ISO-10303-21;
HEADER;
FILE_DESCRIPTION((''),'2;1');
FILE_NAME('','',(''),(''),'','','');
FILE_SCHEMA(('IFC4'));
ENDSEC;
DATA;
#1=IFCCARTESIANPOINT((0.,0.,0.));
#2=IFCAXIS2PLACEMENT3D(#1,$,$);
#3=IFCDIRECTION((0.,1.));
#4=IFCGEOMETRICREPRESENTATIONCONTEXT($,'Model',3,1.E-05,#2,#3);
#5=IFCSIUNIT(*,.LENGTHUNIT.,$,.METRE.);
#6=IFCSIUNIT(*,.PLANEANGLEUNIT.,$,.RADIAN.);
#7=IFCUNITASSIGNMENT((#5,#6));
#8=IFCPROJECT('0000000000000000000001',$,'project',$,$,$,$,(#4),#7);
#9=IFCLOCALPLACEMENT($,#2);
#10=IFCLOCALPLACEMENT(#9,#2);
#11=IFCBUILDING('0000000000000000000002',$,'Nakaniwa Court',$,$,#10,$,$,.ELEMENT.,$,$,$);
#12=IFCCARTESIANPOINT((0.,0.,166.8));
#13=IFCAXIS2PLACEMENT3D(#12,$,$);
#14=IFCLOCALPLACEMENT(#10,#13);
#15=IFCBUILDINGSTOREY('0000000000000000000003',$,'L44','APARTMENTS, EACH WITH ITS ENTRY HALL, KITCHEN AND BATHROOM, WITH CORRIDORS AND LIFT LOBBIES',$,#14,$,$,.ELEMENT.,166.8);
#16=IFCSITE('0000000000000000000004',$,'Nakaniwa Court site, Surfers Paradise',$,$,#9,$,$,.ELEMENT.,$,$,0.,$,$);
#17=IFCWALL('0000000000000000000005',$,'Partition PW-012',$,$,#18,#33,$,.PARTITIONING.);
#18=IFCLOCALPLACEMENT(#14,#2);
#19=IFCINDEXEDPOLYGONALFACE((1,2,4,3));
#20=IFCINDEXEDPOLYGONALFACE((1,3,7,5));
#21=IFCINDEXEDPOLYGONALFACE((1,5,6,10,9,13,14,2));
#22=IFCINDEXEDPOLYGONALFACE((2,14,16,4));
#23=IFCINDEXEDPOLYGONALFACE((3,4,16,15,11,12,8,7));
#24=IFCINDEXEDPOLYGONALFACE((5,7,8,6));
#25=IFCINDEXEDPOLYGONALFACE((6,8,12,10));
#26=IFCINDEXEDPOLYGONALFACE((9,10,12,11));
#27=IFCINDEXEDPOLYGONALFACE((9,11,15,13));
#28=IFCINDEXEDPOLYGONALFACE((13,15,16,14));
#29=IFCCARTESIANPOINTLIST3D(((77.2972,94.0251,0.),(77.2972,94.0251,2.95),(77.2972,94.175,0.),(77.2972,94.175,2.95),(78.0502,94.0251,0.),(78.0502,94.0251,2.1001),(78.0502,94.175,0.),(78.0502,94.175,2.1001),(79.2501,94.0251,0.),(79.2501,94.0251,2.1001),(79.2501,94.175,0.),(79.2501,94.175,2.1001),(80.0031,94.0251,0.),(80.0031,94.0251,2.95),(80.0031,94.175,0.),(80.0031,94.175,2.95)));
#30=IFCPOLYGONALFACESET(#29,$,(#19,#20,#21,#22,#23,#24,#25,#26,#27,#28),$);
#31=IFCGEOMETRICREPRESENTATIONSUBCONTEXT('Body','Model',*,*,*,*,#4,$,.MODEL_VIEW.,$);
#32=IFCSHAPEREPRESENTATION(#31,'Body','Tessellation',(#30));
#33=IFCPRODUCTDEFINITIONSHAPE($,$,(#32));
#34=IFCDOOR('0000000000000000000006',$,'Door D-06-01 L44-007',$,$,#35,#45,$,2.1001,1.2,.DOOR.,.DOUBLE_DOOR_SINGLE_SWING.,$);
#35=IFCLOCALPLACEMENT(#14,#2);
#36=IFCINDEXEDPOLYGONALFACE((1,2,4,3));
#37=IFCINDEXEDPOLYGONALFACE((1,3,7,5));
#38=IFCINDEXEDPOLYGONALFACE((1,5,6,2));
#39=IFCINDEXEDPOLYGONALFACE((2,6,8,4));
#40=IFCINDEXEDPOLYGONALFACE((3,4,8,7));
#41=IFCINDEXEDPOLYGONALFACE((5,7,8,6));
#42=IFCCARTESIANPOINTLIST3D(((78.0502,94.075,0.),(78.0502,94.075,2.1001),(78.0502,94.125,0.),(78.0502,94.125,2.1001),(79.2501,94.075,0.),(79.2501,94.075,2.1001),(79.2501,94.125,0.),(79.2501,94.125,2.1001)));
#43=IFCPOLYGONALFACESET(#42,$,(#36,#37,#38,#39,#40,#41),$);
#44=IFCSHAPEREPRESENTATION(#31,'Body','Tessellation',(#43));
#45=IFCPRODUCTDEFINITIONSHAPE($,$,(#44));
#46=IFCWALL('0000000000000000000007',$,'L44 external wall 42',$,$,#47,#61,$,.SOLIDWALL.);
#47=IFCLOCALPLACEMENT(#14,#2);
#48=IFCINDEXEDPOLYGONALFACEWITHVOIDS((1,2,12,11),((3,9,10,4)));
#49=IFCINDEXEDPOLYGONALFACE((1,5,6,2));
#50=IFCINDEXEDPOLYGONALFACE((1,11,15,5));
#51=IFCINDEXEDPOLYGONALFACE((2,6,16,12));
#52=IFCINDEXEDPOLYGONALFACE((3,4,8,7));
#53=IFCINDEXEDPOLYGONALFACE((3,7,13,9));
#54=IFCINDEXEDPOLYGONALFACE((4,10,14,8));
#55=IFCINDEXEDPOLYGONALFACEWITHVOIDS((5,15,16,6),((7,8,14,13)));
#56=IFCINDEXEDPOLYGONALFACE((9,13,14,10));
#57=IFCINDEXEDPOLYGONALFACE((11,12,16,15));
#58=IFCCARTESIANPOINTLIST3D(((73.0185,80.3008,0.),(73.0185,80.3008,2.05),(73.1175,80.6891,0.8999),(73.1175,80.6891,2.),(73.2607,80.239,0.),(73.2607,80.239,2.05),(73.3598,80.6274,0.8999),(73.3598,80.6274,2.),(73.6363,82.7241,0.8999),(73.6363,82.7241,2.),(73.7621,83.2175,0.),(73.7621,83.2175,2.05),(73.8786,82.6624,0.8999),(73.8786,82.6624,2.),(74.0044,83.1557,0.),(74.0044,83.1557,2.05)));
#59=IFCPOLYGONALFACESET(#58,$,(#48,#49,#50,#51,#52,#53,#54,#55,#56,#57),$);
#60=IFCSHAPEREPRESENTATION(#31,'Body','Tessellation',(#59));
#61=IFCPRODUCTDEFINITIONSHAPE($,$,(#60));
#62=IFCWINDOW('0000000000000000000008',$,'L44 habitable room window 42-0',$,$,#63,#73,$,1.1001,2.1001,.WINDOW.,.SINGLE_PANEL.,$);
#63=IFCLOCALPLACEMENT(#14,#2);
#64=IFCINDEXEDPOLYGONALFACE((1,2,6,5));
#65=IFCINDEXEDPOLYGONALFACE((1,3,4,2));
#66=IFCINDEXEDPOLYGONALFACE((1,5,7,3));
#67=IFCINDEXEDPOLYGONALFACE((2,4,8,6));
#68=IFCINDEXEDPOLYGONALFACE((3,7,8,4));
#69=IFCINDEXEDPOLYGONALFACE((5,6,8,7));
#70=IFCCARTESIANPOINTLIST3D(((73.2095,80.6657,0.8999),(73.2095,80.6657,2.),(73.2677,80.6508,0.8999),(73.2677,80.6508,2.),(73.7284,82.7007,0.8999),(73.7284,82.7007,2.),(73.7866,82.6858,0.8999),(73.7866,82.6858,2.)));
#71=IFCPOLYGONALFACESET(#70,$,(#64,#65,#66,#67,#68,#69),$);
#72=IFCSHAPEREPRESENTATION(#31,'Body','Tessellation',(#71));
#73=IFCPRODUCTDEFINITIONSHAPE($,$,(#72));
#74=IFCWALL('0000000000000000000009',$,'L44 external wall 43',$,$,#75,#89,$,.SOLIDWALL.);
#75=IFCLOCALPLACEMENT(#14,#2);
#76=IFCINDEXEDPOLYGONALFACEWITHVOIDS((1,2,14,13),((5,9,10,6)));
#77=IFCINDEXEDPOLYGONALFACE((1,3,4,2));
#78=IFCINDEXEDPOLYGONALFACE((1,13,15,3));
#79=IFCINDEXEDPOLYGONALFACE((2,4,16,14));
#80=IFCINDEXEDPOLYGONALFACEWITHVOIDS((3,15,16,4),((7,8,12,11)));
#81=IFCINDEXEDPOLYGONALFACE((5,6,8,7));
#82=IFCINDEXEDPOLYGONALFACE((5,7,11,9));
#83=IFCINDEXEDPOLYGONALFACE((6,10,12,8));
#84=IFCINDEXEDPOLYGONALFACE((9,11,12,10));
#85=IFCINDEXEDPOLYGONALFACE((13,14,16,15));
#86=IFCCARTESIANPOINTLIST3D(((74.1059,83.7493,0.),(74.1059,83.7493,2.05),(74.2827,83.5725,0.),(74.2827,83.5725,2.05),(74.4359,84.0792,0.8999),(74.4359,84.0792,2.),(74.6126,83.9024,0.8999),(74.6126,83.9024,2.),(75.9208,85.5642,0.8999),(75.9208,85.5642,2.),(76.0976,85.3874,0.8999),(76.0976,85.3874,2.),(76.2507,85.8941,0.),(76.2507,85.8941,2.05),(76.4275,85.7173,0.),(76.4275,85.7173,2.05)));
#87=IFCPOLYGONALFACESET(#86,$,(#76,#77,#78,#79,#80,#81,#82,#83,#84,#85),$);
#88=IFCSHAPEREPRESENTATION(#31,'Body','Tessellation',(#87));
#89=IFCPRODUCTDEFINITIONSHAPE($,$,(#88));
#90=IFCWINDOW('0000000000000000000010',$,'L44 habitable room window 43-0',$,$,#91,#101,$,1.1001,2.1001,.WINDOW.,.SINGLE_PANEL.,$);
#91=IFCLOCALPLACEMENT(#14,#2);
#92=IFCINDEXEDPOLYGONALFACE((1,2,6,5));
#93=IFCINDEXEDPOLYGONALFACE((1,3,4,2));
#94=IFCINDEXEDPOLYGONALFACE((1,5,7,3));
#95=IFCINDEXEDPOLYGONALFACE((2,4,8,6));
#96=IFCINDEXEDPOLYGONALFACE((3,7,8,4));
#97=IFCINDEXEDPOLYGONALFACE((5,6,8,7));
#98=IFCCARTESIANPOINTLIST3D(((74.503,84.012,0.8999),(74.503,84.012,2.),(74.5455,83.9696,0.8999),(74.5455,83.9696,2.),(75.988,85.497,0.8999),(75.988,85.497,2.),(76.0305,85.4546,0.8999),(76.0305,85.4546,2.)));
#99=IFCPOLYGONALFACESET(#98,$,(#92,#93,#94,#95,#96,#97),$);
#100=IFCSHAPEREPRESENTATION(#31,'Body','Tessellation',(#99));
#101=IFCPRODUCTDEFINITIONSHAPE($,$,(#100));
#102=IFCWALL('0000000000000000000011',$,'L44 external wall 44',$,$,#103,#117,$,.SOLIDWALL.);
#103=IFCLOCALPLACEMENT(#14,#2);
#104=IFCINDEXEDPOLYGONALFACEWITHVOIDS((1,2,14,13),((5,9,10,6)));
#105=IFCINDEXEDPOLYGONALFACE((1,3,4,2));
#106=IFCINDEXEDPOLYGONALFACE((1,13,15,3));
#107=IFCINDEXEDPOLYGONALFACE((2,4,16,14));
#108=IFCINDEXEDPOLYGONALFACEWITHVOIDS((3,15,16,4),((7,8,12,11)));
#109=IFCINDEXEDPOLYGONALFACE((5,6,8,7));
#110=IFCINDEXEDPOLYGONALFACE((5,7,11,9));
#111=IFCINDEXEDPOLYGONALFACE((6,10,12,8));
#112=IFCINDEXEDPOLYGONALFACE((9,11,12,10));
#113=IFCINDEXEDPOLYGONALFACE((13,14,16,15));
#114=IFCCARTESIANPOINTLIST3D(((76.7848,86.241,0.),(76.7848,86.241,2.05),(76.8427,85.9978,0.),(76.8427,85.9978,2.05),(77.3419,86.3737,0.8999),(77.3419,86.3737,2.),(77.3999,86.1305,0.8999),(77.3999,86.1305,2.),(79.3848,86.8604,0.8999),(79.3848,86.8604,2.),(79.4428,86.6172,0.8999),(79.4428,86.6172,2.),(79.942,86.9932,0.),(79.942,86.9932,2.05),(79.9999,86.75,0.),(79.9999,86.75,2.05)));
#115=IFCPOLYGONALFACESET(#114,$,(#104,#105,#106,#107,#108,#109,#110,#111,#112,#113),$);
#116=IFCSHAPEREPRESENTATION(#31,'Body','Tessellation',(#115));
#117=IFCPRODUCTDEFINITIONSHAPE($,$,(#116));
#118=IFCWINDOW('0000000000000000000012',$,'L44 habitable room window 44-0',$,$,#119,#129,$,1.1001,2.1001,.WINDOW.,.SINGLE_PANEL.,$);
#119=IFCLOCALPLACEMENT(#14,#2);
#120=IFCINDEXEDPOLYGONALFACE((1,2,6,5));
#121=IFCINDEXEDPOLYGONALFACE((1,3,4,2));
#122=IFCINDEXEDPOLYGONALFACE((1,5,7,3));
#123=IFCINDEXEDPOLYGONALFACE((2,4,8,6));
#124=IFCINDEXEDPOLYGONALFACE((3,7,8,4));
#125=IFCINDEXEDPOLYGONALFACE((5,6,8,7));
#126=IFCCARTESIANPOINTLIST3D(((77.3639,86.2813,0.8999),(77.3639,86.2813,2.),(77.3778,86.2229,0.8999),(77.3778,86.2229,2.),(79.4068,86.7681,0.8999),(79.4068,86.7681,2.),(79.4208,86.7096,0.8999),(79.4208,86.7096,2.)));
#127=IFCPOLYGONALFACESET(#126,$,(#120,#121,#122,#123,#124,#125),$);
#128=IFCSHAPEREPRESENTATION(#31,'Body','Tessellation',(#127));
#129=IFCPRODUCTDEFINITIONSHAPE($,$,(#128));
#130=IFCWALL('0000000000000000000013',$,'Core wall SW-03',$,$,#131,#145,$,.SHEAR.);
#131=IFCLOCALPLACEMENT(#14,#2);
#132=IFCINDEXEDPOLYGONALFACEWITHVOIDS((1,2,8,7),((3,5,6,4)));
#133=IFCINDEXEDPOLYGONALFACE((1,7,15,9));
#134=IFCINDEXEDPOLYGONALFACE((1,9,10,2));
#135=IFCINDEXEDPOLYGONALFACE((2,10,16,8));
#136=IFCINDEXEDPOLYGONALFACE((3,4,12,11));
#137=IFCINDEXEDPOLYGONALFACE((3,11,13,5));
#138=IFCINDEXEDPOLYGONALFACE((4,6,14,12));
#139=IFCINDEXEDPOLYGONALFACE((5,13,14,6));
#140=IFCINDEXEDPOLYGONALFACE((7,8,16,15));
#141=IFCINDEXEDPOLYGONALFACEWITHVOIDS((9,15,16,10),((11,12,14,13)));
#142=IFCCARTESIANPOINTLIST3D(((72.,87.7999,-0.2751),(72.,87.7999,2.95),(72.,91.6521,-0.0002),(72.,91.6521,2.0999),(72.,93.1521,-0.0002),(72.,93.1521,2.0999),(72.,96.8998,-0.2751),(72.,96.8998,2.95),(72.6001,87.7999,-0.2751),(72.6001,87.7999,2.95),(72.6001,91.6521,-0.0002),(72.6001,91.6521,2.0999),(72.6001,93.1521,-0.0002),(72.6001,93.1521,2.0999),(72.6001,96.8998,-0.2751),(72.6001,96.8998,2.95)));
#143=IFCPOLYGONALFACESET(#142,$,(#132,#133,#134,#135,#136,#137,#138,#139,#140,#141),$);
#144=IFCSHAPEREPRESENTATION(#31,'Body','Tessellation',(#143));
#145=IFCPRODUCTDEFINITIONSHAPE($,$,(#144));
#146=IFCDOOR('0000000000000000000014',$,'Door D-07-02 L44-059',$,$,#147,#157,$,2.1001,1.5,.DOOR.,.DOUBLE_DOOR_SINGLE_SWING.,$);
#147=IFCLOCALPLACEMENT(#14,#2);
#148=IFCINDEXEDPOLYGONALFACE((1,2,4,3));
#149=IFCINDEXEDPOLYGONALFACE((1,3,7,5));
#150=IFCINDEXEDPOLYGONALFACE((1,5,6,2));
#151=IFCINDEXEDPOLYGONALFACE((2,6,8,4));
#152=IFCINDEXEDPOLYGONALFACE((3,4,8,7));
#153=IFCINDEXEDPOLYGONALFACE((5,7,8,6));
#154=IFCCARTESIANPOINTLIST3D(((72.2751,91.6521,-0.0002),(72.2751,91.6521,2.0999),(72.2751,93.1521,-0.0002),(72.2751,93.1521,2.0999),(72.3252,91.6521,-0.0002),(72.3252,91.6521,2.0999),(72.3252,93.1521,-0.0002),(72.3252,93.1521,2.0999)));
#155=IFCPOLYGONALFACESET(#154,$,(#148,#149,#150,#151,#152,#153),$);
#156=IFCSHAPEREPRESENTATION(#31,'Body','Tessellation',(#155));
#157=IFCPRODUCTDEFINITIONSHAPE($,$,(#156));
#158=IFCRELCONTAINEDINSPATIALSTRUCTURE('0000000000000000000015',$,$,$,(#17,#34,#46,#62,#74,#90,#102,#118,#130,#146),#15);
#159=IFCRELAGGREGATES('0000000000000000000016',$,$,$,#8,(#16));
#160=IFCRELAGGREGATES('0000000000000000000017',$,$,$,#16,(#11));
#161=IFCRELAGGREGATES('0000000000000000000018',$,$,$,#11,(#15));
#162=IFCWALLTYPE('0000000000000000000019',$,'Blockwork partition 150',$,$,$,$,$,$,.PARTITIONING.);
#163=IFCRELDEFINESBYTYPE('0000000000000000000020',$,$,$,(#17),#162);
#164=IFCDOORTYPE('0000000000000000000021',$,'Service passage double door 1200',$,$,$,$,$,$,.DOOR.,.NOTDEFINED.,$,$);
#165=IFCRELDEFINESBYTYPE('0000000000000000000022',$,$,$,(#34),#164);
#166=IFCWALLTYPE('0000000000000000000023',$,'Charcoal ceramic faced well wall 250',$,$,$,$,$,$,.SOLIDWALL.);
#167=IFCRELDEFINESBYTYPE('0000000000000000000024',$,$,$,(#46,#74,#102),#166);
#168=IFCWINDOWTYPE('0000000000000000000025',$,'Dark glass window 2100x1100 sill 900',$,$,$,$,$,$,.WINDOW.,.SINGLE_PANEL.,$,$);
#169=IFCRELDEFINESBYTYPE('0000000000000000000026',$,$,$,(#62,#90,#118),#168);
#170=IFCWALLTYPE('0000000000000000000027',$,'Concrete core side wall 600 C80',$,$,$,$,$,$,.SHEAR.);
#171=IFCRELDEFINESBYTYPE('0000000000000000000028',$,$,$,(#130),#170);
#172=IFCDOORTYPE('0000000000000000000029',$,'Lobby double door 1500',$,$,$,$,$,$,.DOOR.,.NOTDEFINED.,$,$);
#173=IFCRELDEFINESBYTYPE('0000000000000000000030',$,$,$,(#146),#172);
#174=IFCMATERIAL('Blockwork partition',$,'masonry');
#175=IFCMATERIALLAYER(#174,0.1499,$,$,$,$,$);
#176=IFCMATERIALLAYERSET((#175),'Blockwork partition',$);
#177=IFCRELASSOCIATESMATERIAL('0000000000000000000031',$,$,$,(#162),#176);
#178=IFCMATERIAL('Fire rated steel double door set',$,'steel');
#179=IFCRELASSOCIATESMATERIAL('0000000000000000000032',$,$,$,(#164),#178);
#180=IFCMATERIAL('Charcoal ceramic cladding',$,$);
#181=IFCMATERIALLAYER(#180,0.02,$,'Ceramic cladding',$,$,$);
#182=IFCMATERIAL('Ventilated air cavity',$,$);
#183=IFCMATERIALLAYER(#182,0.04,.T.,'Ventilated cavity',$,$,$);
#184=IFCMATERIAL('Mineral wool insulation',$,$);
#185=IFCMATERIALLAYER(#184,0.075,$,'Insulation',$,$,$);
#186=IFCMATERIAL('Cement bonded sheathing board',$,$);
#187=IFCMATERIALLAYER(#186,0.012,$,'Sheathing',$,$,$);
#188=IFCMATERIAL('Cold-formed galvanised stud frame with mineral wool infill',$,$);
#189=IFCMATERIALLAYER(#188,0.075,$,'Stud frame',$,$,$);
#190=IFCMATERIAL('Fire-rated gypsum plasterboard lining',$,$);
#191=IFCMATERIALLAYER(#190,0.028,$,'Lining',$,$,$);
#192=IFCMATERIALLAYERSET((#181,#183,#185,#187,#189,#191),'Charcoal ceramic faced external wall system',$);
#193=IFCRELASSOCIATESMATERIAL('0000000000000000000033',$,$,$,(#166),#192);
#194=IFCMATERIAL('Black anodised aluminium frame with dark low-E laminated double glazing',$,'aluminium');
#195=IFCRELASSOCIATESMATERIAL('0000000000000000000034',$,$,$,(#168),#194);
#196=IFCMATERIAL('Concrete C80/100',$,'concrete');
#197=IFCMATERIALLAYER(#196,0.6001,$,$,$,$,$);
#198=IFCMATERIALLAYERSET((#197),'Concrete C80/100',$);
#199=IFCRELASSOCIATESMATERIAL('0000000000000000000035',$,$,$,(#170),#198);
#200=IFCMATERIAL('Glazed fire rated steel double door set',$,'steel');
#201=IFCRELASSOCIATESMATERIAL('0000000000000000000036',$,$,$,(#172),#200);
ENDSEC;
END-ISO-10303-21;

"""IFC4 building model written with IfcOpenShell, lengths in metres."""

from ifc_helpers import new_model, si_unit, direction, frame, frame_2d, origin, place, context, subcontext, project, spatial, rectangle, extrude, material, layer, layer_set, type_object, element, fill, save


model = new_model("IFC4")

# Units and contexts
model_context = context("Model", 3, precision=1e-05, world=origin(), true_north=direction((0.0, 1.0)))
body_context = subcontext(model_context, "Body", "Model", "MODEL_VIEW")
ifc_project = project(units=[si_unit("LENGTHUNIT", "METRE"), si_unit("PLANEANGLEUNIT", "RADIAN")], contexts=[model_context])

# Site, building, storey
site_placement = place(None, origin())
site = spatial("IfcSite", under=ifc_project, at=site_placement, Name="Nakaniwa Court site, Surfers Paradise", CompositionType="ELEMENT", RefElevation=0.0)
building_placement = place(site_placement, origin())
building = spatial("IfcBuilding", under=site, at=building_placement, Name="Nakaniwa Court", CompositionType="ELEMENT")
storey_placement = place(building_placement, frame((0.0, 0.0, 166.8)))
storey = spatial("IfcBuildingStorey", under=building, at=storey_placement, Name="L44", Description="APARTMENTS, EACH WITH ITS ENTRY HALL, KITCHEN AND BATHROOM, WITH CORRIDORS AND LIFT LOBBIES", CompositionType="ELEMENT", Elevation=166.8)

# Shared definitions
ifc_material_1 = material(Name="Concrete C80/100", Category="concrete")

# Shared definitions
ifc_material_2 = material(Name="Blockwork partition", Category="masonry")
ifc_layer_1 = layer(ifc_material_2, 0.1499)
ifc_layer_set_1 = layer_set([ifc_layer_1], Name="Blockwork partition")
wall_type_1 = type_object("IfcWallType", Name="Blockwork partition 150", PredefinedType="PARTITIONING", material=ifc_layer_set_1)

# Wall, opening, door
wall_1_placement = place(storey_placement, frame((77.2971, 94.1001, 0.0), z_axis=(0.0, 0.0, 1.0), x_axis=(1.0, 0.0, 0.0)))
wall_1 = element("IfcWall", 1, at=wall_1_placement, inside=storey, type_object=wall_type_1, Name="Partition PW-012", PredefinedType="PARTITIONING", context=body_context, shape_type="SweptSolid", body=[
    extrude(rectangle(XDim=2.7058, YDim=0.1499, at=frame_2d((1.353, 0.0))), origin(), (0.0, 0.0, 1.0), 2.95),
])
opening_1_placement = place(wall_1_placement, frame((0.7529, 0.0, 0.0)))
opening_1 = element("IfcOpeningElement", 2, at=opening_1_placement, cuts=wall_1, PredefinedType="OPENING", context=body_context, shape_type="SweptSolid", body=[
    extrude(rectangle(XDim=1.2, YDim=2.1001, at=frame_2d((0.6001, 1.05))), frame((0.0, 0.085, 0.0), z_axis=(0.0, -1.0, 0.0), x_axis=(1.0, 0.0, 0.0)), (0.0, 0.0, 1.0), 0.1699),
])
ifc_material_3 = material(Name="Fire rated steel double door set", Category="steel")
door_type_1 = type_object("IfcDoorType", Name="Service passage double door 1200", OperationType="NOTDEFINED", PredefinedType="DOOR", material=ifc_material_3)
door_1_placement = place(opening_1_placement, origin())
door_1 = element("IfcDoor", 3, at=door_1_placement, inside=storey, type_object=door_type_1, Name="Door D-06-01 L44-007", OperationType="DOUBLE_DOOR_SINGLE_SWING", OverallHeight=2.1001, OverallWidth=1.2, PredefinedType="DOOR", context=body_context, shape_type="SweptSolid", body=[
    extrude(rectangle(XDim=1.2, YDim=2.1001, at=frame_2d((0.6001, 1.05))), frame((0.0, 0.0249, 0.0), z_axis=(0.0, -1.0, 0.0), x_axis=(1.0, 0.0, 0.0)), (0.0, 0.0, 1.0), 0.05),
])
fill(opening_1, door_1)

# Walls, openings, windows
ifc_material_4 = material(Name="Charcoal ceramic cladding")
ifc_layer_2 = layer(ifc_material_4, 0.02, Name="Ceramic cladding")
ifc_material_5 = material(Name="Ventilated air cavity")
ifc_layer_3 = layer(ifc_material_5, 0.04, ventilated=True, Name="Ventilated cavity")
ifc_material_6 = material(Name="Mineral wool insulation")
ifc_layer_4 = layer(ifc_material_6, 0.075, Name="Insulation")
ifc_material_7 = material(Name="Cement bonded sheathing board")
ifc_layer_5 = layer(ifc_material_7, 0.012, Name="Sheathing")
ifc_material_8 = material(Name="Cold-formed galvanised stud frame with mineral wool infill")
ifc_layer_6 = layer(ifc_material_8, 0.075, Name="Stud frame")
ifc_material_9 = material(Name="Fire-rated gypsum plasterboard lining")
ifc_layer_7 = layer(ifc_material_9, 0.028, Name="Lining")
ifc_layer_set_2 = layer_set([ifc_layer_2, ifc_layer_3, ifc_layer_4, ifc_layer_5, ifc_layer_6, ifc_layer_7], Name="Charcoal ceramic faced external wall system")
wall_type_2 = type_object("IfcWallType", Name="Charcoal ceramic faced well wall 250", PredefinedType="SOLIDWALL", material=ifc_layer_set_2)
wall_2_placement = place(storey_placement, frame((73.1396, 80.27, 0.0), z_axis=(0.0, 0.0, 1.0), x_axis=(0.247056, 0.969001, 0.0)))
wall_2 = element("IfcWall", 4, at=wall_2_placement, inside=storey, type_object=wall_type_2, Name="L44 external wall 42", PredefinedType="SOLIDWALL", context=body_context, shape_type="SweptSolid", body=[
    extrude(rectangle(XDim=3.01, YDim=0.25, at=frame_2d((1.5049, 0.0))), origin(), (0.0, 0.0, 1.0), 2.05),
])
opening_2_placement = place(wall_2_placement, frame((0.4006, 0.0, 0.8999)))
opening_2 = element("IfcOpeningElement", 5, at=opening_2_placement, cuts=wall_2, PredefinedType="OPENING", context=body_context, shape_type="SweptSolid", body=[
    extrude(rectangle(XDim=2.1001, YDim=1.1001, at=frame_2d((1.05, 0.55))), frame((0.0, 0.135, 0.0), z_axis=(0.0, -1.0, 0.0), x_axis=(1.0, 0.0, 0.0)), (0.0, 0.0, 1.0), 0.27),
])
ifc_material_10 = material(Name="Black anodised aluminium frame with dark low-E laminated double glazing", Category="aluminium")
window_type = type_object("IfcWindowType", Name="Dark glass window 2100x1100 sill 900", PartitioningType="SINGLE_PANEL", PredefinedType="WINDOW", material=ifc_material_10)
window_1_placement = place(opening_2_placement, origin())
window_1 = element("IfcWindow", 6, at=window_1_placement, inside=storey, type_object=window_type, Name="L44 habitable room window 42-0", OverallHeight=1.1001, OverallWidth=2.1001, PartitioningType="SINGLE_PANEL", PredefinedType="WINDOW", context=body_context, shape_type="SweptSolid", body=[
    extrude(rectangle(XDim=2.1001, YDim=1.1001, at=frame_2d((1.05, 0.55))), frame((0.0, 0.03, 0.0), z_axis=(0.0, -1.0, 0.0), x_axis=(1.0, 0.0, 0.0)), (0.0, 0.0, 1.0), 0.0601),
])
fill(opening_2, window_1)
wall_3_placement = place(storey_placement, frame((74.1943, 83.6609, 0.0), z_axis=(0.0, 0.0, 1.0), x_axis=(0.707107, 0.707107, 0.0)))
wall_3 = element("IfcWall", 7, at=wall_3_placement, inside=storey, type_object=wall_type_2, Name="L44 external wall 43", PredefinedType="SOLIDWALL", context=body_context, shape_type="SweptSolid", body=[
    extrude(rectangle(XDim=3.0332, YDim=0.25, at=frame_2d((1.5166, 0.0))), origin(), (0.0, 0.0, 1.0), 2.05),
])
opening_3_placement = place(wall_3_placement, frame((0.4666, 0.0, 0.8999)))
opening_3 = element("IfcOpeningElement", 8, at=opening_3_placement, cuts=wall_3, PredefinedType="OPENING", context=body_context, shape_type="SweptSolid", body=[
    extrude(rectangle(XDim=2.1001, YDim=1.1001, at=frame_2d((1.05, 0.55))), frame((0.0, 0.135, 0.0), z_axis=(0.0, -1.0, 0.0), x_axis=(1.0, 0.0, 0.0)), (0.0, 0.0, 1.0), 0.27),
])
window_2_placement = place(opening_3_placement, origin())
window_2 = element("IfcWindow", 9, at=window_2_placement, inside=storey, type_object=window_type, Name="L44 habitable room window 43-0", OverallHeight=1.1001, OverallWidth=2.1001, PartitioningType="SINGLE_PANEL", PredefinedType="WINDOW", context=body_context, shape_type="SweptSolid", body=[
    extrude(rectangle(XDim=2.1001, YDim=1.1001, at=frame_2d((1.05, 0.55))), frame((0.0, 0.03, 0.0), z_axis=(0.0, -1.0, 0.0), x_axis=(1.0, 0.0, 0.0)), (0.0, 0.0, 1.0), 0.0601),
])
fill(opening_3, window_2)
wall_4_placement = place(storey_placement, frame((76.8137, 86.1194, 0.0), z_axis=(0.0, 0.0, 1.0), x_axis=(0.972773, 0.23176, 0.0)))
wall_4 = element("IfcWall", 10, at=wall_4_placement, inside=storey, type_object=wall_type_2, Name="L44 external wall 44", PredefinedType="SOLIDWALL", context=body_context, shape_type="SweptSolid", body=[
    extrude(rectangle(XDim=3.2456, YDim=0.25, at=frame_2d((1.6228, 0.0))), origin(), (0.0, 0.0, 1.0), 2.05),
])
opening_4_placement = place(wall_4_placement, frame((0.5728, 0.0, 0.8999)))
opening_4 = element("IfcOpeningElement", 11, at=opening_4_placement, cuts=wall_4, PredefinedType="OPENING", context=body_context, shape_type="SweptSolid", body=[
    extrude(rectangle(XDim=2.1001, YDim=1.1001, at=frame_2d((1.05, 0.55))), frame((0.0, 0.135, 0.0), z_axis=(0.0, -1.0, 0.0), x_axis=(1.0, 0.0, 0.0)), (0.0, 0.0, 1.0), 0.27),
])
window_3_placement = place(opening_4_placement, origin())
window_3 = element("IfcWindow", 12, at=window_3_placement, inside=storey, type_object=window_type, Name="L44 habitable room window 44-0", OverallHeight=1.1001, OverallWidth=2.1001, PartitioningType="SINGLE_PANEL", PredefinedType="WINDOW", context=body_context, shape_type="SweptSolid", body=[
    extrude(rectangle(XDim=2.1001, YDim=1.1001, at=frame_2d((1.05, 0.55))), frame((0.0, 0.03, 0.0), z_axis=(0.0, -1.0, 0.0), x_axis=(1.0, 0.0, 0.0)), (0.0, 0.0, 1.0), 0.0601),
])
fill(opening_4, window_3)

# Wall, opening, door
ifc_layer_8 = layer(ifc_material_1, 0.6001)
ifc_layer_set_3 = layer_set([ifc_layer_8], Name="Concrete C80/100")
wall_type_3 = type_object("IfcWallType", Name="Concrete core side wall 600 C80", PredefinedType="SHEAR", material=ifc_layer_set_3)
wall_5_placement = place(storey_placement, frame((72.3, 87.8, -0.2751), z_axis=(0.0, 0.0, 1.0), x_axis=(0.0, 1.0, 0.0)))
wall_5 = element("IfcWall", 13, at=wall_5_placement, inside=storey, type_object=wall_type_3, Name="Core wall SW-03", PredefinedType="SHEAR", context=body_context, shape_type="SweptSolid", body=[
    extrude(rectangle(XDim=9.0999, YDim=0.6001, at=frame_2d((4.5498, 0.0))), origin(), (0.0, 0.0, 1.0), 3.2251),
])
opening_5_placement = place(wall_5_placement, frame((3.8521, 0.0, 0.2749)))
opening_5 = element("IfcOpeningElement", 14, at=opening_5_placement, cuts=wall_5, PredefinedType="OPENING", context=body_context, shape_type="SweptSolid", body=[
    extrude(rectangle(XDim=1.5, YDim=2.1001, at=frame_2d((0.75, 1.05))), frame((0.0, 0.3101, 0.0), z_axis=(0.0, -1.0, 0.0), x_axis=(1.0, 0.0, 0.0)), (0.0, 0.0, 1.0), 0.6201),
])
ifc_material_11 = material(Name="Glazed fire rated steel double door set", Category="steel")
door_type_2 = type_object("IfcDoorType", Name="Lobby double door 1500", OperationType="NOTDEFINED", PredefinedType="DOOR", material=ifc_material_11)
door_2_placement = place(opening_5_placement, origin())
door_2 = element("IfcDoor", 15, at=door_2_placement, inside=storey, type_object=door_type_2, Name="Door D-07-02 L44-059", OperationType="DOUBLE_DOOR_SINGLE_SWING", OverallHeight=2.1001, OverallWidth=1.5, PredefinedType="DOOR", context=body_context, shape_type="SweptSolid", body=[
    extrude(rectangle(XDim=1.5, YDim=2.1001, at=frame_2d((0.75, 1.05))), frame((0.0, 0.0249, 0.0), z_axis=(0.0, -1.0, 0.0), x_axis=(1.0, 0.0, 0.0)), (0.0, 0.0, 1.0), 0.05),
])
fill(opening_5, door_2)

save(model, "model.ifc")
